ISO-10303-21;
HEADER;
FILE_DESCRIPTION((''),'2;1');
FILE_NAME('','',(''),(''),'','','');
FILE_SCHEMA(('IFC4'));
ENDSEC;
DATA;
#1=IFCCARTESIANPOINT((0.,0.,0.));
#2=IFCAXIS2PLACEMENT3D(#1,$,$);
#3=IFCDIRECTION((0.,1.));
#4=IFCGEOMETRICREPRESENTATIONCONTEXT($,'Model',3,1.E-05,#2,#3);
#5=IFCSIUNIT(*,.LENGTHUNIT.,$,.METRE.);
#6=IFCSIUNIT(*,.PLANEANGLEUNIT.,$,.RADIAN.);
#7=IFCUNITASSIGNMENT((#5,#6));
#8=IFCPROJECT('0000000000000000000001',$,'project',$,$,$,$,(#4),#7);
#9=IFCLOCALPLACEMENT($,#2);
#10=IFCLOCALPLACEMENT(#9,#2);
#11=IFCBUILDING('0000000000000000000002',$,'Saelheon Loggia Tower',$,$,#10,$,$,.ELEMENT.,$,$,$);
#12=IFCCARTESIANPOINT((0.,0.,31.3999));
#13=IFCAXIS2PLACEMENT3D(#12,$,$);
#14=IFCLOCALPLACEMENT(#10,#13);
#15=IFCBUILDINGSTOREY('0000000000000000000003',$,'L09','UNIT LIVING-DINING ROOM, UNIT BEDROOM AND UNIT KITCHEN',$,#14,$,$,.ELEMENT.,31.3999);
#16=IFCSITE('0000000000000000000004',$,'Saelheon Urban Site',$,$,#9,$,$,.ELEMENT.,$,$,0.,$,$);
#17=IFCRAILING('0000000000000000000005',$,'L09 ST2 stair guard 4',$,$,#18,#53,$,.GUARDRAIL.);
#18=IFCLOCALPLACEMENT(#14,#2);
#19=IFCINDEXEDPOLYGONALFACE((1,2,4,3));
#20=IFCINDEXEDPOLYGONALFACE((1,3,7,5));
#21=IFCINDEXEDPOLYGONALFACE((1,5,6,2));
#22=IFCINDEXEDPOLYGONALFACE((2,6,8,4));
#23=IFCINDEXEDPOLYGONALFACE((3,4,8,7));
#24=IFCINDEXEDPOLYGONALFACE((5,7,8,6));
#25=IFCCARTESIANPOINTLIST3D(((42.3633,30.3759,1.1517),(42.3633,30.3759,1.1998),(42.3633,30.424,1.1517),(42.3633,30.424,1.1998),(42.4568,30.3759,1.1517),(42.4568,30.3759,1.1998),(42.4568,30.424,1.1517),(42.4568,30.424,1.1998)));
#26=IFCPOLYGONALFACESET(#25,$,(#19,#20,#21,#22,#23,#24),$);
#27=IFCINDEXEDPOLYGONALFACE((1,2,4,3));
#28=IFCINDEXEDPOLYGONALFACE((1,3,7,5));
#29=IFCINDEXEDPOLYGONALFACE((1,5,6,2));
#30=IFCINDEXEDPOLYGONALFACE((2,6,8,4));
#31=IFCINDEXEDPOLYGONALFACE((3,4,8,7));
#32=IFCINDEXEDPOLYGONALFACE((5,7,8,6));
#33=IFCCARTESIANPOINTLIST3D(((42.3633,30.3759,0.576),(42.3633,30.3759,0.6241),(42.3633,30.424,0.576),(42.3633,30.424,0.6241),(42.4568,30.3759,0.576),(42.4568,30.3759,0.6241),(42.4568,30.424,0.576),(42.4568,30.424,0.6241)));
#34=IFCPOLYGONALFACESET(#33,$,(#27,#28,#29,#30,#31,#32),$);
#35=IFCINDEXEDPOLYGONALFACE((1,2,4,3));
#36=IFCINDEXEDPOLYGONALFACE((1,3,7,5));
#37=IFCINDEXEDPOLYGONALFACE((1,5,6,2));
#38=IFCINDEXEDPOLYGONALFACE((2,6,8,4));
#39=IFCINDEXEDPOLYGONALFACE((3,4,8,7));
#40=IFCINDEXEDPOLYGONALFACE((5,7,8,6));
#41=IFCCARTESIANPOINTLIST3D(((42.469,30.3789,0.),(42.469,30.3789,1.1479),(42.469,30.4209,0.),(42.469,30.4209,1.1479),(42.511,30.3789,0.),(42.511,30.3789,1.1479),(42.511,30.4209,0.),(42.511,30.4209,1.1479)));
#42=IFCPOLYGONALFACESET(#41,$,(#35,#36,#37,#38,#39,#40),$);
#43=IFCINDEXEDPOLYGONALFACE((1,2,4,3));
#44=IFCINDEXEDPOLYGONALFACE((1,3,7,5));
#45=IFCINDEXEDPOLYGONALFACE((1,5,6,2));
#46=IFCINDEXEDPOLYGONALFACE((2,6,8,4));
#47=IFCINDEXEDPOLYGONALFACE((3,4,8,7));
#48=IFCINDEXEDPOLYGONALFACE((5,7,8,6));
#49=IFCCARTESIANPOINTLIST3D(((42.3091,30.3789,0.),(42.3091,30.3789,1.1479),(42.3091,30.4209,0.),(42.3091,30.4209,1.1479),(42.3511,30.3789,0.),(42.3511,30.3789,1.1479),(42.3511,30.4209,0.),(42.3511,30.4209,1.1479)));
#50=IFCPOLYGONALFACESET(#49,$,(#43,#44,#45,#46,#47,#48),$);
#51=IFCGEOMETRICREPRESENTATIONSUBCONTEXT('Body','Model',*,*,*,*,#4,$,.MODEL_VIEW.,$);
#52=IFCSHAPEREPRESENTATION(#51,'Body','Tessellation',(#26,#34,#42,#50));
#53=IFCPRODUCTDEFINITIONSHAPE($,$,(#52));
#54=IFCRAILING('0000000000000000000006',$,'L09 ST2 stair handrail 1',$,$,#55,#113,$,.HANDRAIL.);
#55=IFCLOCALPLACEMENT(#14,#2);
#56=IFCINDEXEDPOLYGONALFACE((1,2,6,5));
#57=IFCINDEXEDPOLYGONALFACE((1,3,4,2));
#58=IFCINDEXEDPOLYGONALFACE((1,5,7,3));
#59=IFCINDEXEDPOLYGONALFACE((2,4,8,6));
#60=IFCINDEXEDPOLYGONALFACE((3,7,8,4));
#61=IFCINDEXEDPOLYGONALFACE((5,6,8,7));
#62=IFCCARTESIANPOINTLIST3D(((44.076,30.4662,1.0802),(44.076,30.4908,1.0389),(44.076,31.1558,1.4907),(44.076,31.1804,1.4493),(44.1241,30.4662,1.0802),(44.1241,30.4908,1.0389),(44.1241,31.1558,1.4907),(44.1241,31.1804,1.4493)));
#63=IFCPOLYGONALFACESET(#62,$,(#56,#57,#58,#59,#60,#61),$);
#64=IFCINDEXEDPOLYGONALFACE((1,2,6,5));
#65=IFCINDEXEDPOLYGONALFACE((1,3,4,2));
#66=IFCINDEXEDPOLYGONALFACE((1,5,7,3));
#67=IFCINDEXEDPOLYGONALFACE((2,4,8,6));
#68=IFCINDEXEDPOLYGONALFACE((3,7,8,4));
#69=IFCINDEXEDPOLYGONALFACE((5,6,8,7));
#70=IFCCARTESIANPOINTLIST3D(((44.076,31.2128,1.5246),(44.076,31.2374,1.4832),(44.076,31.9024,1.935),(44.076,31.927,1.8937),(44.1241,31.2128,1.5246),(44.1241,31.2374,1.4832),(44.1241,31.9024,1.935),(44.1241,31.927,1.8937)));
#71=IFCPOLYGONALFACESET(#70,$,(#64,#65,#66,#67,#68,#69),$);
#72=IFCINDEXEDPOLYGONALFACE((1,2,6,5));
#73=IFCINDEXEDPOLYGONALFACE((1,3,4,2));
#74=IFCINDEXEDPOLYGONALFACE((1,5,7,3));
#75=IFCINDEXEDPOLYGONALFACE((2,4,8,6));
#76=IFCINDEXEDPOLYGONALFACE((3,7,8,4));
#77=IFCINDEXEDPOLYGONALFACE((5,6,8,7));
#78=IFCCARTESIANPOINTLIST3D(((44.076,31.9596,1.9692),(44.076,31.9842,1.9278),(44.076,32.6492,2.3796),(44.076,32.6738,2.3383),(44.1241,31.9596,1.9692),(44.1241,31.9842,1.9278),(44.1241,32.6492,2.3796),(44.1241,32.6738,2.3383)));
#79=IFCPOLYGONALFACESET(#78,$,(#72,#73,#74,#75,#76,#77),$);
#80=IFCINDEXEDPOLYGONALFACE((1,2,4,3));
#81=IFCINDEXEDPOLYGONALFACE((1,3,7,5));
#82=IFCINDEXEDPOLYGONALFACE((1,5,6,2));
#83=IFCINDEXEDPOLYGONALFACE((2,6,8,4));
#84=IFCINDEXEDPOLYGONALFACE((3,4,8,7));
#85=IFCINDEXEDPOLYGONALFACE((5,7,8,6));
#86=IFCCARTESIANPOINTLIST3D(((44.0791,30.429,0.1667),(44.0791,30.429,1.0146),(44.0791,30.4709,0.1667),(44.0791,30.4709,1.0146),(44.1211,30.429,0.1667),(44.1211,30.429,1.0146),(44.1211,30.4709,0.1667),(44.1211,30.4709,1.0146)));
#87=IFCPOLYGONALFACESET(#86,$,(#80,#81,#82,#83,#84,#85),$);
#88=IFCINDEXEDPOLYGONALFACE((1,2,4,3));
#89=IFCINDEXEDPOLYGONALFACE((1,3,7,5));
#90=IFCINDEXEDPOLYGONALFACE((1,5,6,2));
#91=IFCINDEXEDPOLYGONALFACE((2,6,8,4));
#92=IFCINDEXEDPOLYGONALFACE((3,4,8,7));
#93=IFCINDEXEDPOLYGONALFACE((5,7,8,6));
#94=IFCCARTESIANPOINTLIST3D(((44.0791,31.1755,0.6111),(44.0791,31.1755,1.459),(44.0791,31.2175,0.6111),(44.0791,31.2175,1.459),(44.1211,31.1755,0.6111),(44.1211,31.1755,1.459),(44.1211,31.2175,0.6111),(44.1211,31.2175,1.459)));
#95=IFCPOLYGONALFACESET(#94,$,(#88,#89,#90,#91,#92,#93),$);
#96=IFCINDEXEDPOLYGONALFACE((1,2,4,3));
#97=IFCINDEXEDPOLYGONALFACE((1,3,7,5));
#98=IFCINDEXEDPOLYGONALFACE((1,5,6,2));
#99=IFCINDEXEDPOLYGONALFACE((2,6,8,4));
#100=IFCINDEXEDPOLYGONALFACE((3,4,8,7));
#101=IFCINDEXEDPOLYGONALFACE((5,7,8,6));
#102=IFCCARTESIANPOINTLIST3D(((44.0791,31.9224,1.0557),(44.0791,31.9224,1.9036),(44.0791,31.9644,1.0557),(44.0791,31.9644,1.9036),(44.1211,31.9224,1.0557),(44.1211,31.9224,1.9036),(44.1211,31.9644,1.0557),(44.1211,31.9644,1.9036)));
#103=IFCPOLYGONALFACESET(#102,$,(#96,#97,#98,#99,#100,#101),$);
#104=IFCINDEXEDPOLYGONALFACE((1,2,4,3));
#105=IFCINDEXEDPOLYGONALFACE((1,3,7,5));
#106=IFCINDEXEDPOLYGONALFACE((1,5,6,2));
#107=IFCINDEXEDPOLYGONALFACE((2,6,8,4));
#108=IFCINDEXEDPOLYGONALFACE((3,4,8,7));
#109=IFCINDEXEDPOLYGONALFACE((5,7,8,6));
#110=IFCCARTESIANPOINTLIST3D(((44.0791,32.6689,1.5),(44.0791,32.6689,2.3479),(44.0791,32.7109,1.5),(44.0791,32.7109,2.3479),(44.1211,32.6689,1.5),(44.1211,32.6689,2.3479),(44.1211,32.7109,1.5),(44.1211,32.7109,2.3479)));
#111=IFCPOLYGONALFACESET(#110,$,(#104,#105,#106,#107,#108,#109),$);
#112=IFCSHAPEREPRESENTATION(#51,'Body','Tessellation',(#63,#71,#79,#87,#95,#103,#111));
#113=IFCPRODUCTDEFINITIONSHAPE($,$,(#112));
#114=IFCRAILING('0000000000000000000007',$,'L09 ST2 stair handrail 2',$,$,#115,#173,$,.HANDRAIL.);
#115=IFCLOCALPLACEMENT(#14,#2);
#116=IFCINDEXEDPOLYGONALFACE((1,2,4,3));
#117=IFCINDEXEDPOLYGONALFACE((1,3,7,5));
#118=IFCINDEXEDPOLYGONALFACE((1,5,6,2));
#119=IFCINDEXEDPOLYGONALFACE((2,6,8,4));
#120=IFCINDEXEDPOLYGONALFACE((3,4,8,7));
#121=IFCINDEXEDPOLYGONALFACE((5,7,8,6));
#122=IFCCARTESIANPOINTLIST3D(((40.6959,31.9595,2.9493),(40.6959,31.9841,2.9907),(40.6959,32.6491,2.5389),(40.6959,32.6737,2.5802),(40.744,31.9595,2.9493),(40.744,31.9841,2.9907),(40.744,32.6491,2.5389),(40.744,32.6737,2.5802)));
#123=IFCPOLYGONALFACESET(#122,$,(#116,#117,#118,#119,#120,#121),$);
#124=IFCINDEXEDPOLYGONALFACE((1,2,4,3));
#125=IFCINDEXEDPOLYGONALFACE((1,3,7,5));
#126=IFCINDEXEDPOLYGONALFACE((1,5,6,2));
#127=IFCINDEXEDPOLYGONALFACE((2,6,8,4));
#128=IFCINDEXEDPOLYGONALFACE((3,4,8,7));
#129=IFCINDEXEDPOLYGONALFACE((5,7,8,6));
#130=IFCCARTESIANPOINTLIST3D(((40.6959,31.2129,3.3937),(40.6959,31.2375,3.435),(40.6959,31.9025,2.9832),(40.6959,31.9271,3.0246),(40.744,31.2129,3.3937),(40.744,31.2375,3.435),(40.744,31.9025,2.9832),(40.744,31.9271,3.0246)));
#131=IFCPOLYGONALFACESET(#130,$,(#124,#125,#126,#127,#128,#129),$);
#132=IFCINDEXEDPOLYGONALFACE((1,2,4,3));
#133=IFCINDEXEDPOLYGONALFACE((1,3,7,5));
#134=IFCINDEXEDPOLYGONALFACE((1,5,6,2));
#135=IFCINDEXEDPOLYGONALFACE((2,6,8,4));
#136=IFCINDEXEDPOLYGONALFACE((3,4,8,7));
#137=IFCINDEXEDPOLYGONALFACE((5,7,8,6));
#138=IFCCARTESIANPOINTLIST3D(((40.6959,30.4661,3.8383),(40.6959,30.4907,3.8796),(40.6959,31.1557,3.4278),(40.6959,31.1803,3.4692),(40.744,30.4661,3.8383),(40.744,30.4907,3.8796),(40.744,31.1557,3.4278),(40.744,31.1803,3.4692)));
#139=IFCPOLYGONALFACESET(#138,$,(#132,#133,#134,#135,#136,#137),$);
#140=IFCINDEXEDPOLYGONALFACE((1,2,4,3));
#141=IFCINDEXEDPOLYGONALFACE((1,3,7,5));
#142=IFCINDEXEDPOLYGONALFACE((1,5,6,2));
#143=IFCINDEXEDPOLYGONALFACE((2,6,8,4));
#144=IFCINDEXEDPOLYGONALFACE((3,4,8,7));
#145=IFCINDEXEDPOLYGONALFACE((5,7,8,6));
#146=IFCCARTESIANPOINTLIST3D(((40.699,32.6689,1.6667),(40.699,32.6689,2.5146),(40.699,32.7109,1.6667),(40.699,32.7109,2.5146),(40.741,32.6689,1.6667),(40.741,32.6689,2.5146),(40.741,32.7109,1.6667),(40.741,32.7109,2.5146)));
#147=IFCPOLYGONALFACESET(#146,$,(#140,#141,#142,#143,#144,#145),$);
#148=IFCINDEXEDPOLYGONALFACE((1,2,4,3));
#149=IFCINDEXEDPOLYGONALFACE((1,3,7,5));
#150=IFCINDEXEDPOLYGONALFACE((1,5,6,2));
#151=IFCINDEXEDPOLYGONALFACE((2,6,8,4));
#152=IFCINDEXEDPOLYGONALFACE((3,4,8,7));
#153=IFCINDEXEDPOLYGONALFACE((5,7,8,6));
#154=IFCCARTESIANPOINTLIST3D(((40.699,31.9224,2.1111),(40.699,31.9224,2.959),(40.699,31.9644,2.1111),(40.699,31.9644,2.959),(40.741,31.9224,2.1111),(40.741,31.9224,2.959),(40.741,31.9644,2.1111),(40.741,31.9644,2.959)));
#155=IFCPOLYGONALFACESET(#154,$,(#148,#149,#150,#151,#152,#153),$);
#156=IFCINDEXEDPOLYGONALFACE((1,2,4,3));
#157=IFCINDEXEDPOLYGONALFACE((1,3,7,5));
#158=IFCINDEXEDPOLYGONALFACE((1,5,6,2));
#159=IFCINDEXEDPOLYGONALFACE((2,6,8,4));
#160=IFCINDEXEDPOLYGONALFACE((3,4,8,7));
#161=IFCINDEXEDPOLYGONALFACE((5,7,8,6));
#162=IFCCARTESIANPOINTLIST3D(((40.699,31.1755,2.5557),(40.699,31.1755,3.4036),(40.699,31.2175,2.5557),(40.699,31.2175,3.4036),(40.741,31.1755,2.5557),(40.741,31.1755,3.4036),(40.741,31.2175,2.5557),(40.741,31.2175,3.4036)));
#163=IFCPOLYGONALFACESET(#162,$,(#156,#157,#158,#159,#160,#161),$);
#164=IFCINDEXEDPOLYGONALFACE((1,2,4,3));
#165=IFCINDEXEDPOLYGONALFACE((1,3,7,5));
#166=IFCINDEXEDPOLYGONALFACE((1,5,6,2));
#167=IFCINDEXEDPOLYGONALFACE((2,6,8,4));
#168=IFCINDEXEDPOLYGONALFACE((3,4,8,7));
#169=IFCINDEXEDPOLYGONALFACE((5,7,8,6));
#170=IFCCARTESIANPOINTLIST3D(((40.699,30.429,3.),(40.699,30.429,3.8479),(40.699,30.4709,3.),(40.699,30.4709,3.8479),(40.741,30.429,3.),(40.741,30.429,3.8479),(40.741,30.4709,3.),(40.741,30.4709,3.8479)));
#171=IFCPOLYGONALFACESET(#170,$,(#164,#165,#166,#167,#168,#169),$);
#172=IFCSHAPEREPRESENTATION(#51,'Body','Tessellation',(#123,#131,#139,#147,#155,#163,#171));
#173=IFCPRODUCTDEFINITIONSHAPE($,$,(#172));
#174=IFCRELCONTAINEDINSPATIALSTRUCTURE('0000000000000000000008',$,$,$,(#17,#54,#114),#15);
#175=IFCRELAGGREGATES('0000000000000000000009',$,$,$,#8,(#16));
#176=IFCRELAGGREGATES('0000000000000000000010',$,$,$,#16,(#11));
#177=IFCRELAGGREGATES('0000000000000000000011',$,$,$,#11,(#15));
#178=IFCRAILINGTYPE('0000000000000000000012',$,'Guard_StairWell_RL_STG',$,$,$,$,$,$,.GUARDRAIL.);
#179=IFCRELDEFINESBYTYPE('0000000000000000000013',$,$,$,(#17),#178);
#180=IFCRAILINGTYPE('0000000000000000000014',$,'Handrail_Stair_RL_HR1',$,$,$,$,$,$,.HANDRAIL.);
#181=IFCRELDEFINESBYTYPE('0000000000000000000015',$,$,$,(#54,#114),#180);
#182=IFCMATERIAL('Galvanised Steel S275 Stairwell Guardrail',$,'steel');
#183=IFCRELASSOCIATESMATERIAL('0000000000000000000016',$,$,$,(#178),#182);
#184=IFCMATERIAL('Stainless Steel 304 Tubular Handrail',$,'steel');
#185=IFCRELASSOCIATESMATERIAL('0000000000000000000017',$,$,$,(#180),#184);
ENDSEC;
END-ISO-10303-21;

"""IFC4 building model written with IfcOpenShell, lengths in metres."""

from ifc_helpers import new_model, si_unit, direction, frame, origin, origin_2d, place, context, subcontext, project, spatial, rectangle, extrude, material, type_object, element, save


model = new_model("IFC4")

# Units and contexts
model_context = context("Model", 3, precision=1e-05, world=origin(), true_north=direction((0.0, 1.0)))
body_context = subcontext(model_context, "Body", "Model", "MODEL_VIEW")
ifc_project = project(units=[si_unit("LENGTHUNIT", "METRE"), si_unit("PLANEANGLEUNIT", "RADIAN")], contexts=[model_context])

# Site, building, storey
site_placement = place(None, origin())
site = spatial("IfcSite", under=ifc_project, at=site_placement, Name="Saelheon Urban Site", CompositionType="ELEMENT", RefElevation=0.0)
building_placement = place(site_placement, origin())
building = spatial("IfcBuilding", under=site, at=building_placement, Name="Saelheon Loggia Tower", CompositionType="ELEMENT")
storey_placement = place(building_placement, frame((0.0, 0.0, 31.3999)))
storey = spatial("IfcBuildingStorey", under=building, at=storey_placement, Name="L09", Description="UNIT LIVING-DINING ROOM, UNIT BEDROOM AND UNIT KITCHEN", CompositionType="ELEMENT", Elevation=31.3999)

# Railings
ifc_material_1 = material(Name="Galvanised Steel S275 Stairwell Guardrail", Category="steel")
railing_type_1 = type_object("IfcRailingType", Name="Guard_StairWell_RL_STG", PredefinedType="GUARDRAIL", material=ifc_material_1)
railing_1_placement = place(storey_placement, frame((42.49, 30.3999, 0.0)))
element("IfcRailing", 1, at=railing_1_placement, inside=storey, type_object=railing_type_1, Name="L09 ST2 stair guard 4", PredefinedType="GUARDRAIL", context=body_context, shape_type="SweptSolid", body=[
    extrude(rectangle(XDim=0.0481, YDim=0.0481, at=origin_2d()), frame((-0.0332, 0.0, 1.1758), z_axis=(-1.0, 0.0, 0.0), x_axis=(0.0, -1.0, 0.0)), (0.0, 0.0, 1.0), 0.0935),
    extrude(rectangle(XDim=0.0481, YDim=0.0481, at=origin_2d()), frame((-0.0332, 0.0, 0.6001), z_axis=(-1.0, 0.0, 0.0), x_axis=(0.0, -1.0, 0.0)), (0.0, 0.0, 1.0), 0.0935),
    extrude(rectangle(XDim=0.042, YDim=0.042, at=origin_2d()), origin(), (0.0, 0.0, 1.0), 1.1479),
    extrude(rectangle(XDim=0.042, YDim=0.042, at=origin_2d()), frame((-0.1599, 0.0, 0.0)), (0.0, 0.0, 1.0), 1.1479),
])
ifc_material_2 = material(Name="Stainless Steel 304 Tubular Handrail", Category="steel")
railing_type_2 = type_object("IfcRailingType", Name="Handrail_Stair_RL_HR1", PredefinedType="HANDRAIL", material=ifc_material_2)
railing_2_placement = place(storey_placement, frame((44.1001, 30.45, 0.1667)))
element("IfcRailing", 2, at=railing_2_placement, inside=storey, type_object=railing_type_2, Name="L09 ST2 stair handrail 1", PredefinedType="HANDRAIL", context=body_context, shape_type="SweptSolid", body=[
    extrude(rectangle(XDim=0.0481, YDim=0.0481, at=origin_2d()), frame((0.0, 0.0286, 0.8928), z_axis=(0.0, 0.859306, 0.511462), x_axis=(-1.0, 0.0, 0.0)), (0.0, 0.0, 1.0), 0.8025),
    extrude(rectangle(XDim=0.0481, YDim=0.0481, at=origin_2d()), frame((0.0, 0.7751, 1.3372), z_axis=(0.0, 0.859306, 0.511462), x_axis=(-1.0, 0.0, 0.0)), (0.0, 0.0, 1.0), 0.8025),
    extrude(rectangle(XDim=0.0481, YDim=0.0481, at=origin_2d()), frame((0.0, 1.522, 1.7817), z_axis=(0.0, 0.859306, 0.511462), x_axis=(-1.0, 0.0, 0.0)), (0.0, 0.0, 1.0), 0.8025),
    extrude(rectangle(XDim=0.042, YDim=0.042, at=origin_2d()), origin(), (0.0, 0.0, 1.0), 0.8479),
    extrude(rectangle(XDim=0.042, YDim=0.042, at=origin_2d()), frame((0.0, 0.7466, 0.4443)), (0.0, 0.0, 1.0), 0.8479),
    extrude(rectangle(XDim=0.042, YDim=0.042, at=origin_2d()), frame((0.0, 1.4934, 0.8889)), (0.0, 0.0, 1.0), 0.8479),
    extrude(rectangle(XDim=0.042, YDim=0.042, at=origin_2d()), frame((0.0, 2.24, 1.3333)), (0.0, 0.0, 1.0), 0.8479),
])
railing_3_placement = place(storey_placement, frame((40.72, 32.6899, 1.6667)))
element("IfcRailing", 3, at=railing_3_placement, inside=storey, type_object=railing_type_2, Name="L09 ST2 stair handrail 2", PredefinedType="HANDRAIL", context=body_context, shape_type="SweptSolid", body=[
    extrude(rectangle(XDim=0.0481, YDim=0.0481, at=origin_2d()), frame((0.0, -0.0286, 0.8928), z_axis=(0.0, -0.859306, 0.511462), x_axis=(1.0, 0.0, 0.0)), (0.0, 0.0, 1.0), 0.8025),
    extrude(rectangle(XDim=0.0481, YDim=0.0481, at=origin_2d()), frame((0.0, -0.7751, 1.3372), z_axis=(0.0, -0.859306, 0.511462), x_axis=(1.0, 0.0, 0.0)), (0.0, 0.0, 1.0), 0.8025),
    extrude(rectangle(XDim=0.0481, YDim=0.0481, at=origin_2d()), frame((0.0, -1.522, 1.7817), z_axis=(0.0, -0.859306, 0.511462), x_axis=(1.0, 0.0, 0.0)), (0.0, 0.0, 1.0), 0.8025),
    extrude(rectangle(XDim=0.042, YDim=0.042, at=origin_2d()), origin(), (0.0, 0.0, 1.0), 0.8479),
    extrude(rectangle(XDim=0.042, YDim=0.042, at=origin_2d()), frame((0.0, -0.7466, 0.4443)), (0.0, 0.0, 1.0), 0.8479),
    extrude(rectangle(XDim=0.042, YDim=0.042, at=origin_2d()), frame((0.0, -1.4934, 0.8889)), (0.0, 0.0, 1.0), 0.8479),
    extrude(rectangle(XDim=0.042, YDim=0.042, at=origin_2d()), frame((0.0, -2.24, 1.3333)), (0.0, 0.0, 1.0), 0.8479),
])

save(model, "model.ifc")
